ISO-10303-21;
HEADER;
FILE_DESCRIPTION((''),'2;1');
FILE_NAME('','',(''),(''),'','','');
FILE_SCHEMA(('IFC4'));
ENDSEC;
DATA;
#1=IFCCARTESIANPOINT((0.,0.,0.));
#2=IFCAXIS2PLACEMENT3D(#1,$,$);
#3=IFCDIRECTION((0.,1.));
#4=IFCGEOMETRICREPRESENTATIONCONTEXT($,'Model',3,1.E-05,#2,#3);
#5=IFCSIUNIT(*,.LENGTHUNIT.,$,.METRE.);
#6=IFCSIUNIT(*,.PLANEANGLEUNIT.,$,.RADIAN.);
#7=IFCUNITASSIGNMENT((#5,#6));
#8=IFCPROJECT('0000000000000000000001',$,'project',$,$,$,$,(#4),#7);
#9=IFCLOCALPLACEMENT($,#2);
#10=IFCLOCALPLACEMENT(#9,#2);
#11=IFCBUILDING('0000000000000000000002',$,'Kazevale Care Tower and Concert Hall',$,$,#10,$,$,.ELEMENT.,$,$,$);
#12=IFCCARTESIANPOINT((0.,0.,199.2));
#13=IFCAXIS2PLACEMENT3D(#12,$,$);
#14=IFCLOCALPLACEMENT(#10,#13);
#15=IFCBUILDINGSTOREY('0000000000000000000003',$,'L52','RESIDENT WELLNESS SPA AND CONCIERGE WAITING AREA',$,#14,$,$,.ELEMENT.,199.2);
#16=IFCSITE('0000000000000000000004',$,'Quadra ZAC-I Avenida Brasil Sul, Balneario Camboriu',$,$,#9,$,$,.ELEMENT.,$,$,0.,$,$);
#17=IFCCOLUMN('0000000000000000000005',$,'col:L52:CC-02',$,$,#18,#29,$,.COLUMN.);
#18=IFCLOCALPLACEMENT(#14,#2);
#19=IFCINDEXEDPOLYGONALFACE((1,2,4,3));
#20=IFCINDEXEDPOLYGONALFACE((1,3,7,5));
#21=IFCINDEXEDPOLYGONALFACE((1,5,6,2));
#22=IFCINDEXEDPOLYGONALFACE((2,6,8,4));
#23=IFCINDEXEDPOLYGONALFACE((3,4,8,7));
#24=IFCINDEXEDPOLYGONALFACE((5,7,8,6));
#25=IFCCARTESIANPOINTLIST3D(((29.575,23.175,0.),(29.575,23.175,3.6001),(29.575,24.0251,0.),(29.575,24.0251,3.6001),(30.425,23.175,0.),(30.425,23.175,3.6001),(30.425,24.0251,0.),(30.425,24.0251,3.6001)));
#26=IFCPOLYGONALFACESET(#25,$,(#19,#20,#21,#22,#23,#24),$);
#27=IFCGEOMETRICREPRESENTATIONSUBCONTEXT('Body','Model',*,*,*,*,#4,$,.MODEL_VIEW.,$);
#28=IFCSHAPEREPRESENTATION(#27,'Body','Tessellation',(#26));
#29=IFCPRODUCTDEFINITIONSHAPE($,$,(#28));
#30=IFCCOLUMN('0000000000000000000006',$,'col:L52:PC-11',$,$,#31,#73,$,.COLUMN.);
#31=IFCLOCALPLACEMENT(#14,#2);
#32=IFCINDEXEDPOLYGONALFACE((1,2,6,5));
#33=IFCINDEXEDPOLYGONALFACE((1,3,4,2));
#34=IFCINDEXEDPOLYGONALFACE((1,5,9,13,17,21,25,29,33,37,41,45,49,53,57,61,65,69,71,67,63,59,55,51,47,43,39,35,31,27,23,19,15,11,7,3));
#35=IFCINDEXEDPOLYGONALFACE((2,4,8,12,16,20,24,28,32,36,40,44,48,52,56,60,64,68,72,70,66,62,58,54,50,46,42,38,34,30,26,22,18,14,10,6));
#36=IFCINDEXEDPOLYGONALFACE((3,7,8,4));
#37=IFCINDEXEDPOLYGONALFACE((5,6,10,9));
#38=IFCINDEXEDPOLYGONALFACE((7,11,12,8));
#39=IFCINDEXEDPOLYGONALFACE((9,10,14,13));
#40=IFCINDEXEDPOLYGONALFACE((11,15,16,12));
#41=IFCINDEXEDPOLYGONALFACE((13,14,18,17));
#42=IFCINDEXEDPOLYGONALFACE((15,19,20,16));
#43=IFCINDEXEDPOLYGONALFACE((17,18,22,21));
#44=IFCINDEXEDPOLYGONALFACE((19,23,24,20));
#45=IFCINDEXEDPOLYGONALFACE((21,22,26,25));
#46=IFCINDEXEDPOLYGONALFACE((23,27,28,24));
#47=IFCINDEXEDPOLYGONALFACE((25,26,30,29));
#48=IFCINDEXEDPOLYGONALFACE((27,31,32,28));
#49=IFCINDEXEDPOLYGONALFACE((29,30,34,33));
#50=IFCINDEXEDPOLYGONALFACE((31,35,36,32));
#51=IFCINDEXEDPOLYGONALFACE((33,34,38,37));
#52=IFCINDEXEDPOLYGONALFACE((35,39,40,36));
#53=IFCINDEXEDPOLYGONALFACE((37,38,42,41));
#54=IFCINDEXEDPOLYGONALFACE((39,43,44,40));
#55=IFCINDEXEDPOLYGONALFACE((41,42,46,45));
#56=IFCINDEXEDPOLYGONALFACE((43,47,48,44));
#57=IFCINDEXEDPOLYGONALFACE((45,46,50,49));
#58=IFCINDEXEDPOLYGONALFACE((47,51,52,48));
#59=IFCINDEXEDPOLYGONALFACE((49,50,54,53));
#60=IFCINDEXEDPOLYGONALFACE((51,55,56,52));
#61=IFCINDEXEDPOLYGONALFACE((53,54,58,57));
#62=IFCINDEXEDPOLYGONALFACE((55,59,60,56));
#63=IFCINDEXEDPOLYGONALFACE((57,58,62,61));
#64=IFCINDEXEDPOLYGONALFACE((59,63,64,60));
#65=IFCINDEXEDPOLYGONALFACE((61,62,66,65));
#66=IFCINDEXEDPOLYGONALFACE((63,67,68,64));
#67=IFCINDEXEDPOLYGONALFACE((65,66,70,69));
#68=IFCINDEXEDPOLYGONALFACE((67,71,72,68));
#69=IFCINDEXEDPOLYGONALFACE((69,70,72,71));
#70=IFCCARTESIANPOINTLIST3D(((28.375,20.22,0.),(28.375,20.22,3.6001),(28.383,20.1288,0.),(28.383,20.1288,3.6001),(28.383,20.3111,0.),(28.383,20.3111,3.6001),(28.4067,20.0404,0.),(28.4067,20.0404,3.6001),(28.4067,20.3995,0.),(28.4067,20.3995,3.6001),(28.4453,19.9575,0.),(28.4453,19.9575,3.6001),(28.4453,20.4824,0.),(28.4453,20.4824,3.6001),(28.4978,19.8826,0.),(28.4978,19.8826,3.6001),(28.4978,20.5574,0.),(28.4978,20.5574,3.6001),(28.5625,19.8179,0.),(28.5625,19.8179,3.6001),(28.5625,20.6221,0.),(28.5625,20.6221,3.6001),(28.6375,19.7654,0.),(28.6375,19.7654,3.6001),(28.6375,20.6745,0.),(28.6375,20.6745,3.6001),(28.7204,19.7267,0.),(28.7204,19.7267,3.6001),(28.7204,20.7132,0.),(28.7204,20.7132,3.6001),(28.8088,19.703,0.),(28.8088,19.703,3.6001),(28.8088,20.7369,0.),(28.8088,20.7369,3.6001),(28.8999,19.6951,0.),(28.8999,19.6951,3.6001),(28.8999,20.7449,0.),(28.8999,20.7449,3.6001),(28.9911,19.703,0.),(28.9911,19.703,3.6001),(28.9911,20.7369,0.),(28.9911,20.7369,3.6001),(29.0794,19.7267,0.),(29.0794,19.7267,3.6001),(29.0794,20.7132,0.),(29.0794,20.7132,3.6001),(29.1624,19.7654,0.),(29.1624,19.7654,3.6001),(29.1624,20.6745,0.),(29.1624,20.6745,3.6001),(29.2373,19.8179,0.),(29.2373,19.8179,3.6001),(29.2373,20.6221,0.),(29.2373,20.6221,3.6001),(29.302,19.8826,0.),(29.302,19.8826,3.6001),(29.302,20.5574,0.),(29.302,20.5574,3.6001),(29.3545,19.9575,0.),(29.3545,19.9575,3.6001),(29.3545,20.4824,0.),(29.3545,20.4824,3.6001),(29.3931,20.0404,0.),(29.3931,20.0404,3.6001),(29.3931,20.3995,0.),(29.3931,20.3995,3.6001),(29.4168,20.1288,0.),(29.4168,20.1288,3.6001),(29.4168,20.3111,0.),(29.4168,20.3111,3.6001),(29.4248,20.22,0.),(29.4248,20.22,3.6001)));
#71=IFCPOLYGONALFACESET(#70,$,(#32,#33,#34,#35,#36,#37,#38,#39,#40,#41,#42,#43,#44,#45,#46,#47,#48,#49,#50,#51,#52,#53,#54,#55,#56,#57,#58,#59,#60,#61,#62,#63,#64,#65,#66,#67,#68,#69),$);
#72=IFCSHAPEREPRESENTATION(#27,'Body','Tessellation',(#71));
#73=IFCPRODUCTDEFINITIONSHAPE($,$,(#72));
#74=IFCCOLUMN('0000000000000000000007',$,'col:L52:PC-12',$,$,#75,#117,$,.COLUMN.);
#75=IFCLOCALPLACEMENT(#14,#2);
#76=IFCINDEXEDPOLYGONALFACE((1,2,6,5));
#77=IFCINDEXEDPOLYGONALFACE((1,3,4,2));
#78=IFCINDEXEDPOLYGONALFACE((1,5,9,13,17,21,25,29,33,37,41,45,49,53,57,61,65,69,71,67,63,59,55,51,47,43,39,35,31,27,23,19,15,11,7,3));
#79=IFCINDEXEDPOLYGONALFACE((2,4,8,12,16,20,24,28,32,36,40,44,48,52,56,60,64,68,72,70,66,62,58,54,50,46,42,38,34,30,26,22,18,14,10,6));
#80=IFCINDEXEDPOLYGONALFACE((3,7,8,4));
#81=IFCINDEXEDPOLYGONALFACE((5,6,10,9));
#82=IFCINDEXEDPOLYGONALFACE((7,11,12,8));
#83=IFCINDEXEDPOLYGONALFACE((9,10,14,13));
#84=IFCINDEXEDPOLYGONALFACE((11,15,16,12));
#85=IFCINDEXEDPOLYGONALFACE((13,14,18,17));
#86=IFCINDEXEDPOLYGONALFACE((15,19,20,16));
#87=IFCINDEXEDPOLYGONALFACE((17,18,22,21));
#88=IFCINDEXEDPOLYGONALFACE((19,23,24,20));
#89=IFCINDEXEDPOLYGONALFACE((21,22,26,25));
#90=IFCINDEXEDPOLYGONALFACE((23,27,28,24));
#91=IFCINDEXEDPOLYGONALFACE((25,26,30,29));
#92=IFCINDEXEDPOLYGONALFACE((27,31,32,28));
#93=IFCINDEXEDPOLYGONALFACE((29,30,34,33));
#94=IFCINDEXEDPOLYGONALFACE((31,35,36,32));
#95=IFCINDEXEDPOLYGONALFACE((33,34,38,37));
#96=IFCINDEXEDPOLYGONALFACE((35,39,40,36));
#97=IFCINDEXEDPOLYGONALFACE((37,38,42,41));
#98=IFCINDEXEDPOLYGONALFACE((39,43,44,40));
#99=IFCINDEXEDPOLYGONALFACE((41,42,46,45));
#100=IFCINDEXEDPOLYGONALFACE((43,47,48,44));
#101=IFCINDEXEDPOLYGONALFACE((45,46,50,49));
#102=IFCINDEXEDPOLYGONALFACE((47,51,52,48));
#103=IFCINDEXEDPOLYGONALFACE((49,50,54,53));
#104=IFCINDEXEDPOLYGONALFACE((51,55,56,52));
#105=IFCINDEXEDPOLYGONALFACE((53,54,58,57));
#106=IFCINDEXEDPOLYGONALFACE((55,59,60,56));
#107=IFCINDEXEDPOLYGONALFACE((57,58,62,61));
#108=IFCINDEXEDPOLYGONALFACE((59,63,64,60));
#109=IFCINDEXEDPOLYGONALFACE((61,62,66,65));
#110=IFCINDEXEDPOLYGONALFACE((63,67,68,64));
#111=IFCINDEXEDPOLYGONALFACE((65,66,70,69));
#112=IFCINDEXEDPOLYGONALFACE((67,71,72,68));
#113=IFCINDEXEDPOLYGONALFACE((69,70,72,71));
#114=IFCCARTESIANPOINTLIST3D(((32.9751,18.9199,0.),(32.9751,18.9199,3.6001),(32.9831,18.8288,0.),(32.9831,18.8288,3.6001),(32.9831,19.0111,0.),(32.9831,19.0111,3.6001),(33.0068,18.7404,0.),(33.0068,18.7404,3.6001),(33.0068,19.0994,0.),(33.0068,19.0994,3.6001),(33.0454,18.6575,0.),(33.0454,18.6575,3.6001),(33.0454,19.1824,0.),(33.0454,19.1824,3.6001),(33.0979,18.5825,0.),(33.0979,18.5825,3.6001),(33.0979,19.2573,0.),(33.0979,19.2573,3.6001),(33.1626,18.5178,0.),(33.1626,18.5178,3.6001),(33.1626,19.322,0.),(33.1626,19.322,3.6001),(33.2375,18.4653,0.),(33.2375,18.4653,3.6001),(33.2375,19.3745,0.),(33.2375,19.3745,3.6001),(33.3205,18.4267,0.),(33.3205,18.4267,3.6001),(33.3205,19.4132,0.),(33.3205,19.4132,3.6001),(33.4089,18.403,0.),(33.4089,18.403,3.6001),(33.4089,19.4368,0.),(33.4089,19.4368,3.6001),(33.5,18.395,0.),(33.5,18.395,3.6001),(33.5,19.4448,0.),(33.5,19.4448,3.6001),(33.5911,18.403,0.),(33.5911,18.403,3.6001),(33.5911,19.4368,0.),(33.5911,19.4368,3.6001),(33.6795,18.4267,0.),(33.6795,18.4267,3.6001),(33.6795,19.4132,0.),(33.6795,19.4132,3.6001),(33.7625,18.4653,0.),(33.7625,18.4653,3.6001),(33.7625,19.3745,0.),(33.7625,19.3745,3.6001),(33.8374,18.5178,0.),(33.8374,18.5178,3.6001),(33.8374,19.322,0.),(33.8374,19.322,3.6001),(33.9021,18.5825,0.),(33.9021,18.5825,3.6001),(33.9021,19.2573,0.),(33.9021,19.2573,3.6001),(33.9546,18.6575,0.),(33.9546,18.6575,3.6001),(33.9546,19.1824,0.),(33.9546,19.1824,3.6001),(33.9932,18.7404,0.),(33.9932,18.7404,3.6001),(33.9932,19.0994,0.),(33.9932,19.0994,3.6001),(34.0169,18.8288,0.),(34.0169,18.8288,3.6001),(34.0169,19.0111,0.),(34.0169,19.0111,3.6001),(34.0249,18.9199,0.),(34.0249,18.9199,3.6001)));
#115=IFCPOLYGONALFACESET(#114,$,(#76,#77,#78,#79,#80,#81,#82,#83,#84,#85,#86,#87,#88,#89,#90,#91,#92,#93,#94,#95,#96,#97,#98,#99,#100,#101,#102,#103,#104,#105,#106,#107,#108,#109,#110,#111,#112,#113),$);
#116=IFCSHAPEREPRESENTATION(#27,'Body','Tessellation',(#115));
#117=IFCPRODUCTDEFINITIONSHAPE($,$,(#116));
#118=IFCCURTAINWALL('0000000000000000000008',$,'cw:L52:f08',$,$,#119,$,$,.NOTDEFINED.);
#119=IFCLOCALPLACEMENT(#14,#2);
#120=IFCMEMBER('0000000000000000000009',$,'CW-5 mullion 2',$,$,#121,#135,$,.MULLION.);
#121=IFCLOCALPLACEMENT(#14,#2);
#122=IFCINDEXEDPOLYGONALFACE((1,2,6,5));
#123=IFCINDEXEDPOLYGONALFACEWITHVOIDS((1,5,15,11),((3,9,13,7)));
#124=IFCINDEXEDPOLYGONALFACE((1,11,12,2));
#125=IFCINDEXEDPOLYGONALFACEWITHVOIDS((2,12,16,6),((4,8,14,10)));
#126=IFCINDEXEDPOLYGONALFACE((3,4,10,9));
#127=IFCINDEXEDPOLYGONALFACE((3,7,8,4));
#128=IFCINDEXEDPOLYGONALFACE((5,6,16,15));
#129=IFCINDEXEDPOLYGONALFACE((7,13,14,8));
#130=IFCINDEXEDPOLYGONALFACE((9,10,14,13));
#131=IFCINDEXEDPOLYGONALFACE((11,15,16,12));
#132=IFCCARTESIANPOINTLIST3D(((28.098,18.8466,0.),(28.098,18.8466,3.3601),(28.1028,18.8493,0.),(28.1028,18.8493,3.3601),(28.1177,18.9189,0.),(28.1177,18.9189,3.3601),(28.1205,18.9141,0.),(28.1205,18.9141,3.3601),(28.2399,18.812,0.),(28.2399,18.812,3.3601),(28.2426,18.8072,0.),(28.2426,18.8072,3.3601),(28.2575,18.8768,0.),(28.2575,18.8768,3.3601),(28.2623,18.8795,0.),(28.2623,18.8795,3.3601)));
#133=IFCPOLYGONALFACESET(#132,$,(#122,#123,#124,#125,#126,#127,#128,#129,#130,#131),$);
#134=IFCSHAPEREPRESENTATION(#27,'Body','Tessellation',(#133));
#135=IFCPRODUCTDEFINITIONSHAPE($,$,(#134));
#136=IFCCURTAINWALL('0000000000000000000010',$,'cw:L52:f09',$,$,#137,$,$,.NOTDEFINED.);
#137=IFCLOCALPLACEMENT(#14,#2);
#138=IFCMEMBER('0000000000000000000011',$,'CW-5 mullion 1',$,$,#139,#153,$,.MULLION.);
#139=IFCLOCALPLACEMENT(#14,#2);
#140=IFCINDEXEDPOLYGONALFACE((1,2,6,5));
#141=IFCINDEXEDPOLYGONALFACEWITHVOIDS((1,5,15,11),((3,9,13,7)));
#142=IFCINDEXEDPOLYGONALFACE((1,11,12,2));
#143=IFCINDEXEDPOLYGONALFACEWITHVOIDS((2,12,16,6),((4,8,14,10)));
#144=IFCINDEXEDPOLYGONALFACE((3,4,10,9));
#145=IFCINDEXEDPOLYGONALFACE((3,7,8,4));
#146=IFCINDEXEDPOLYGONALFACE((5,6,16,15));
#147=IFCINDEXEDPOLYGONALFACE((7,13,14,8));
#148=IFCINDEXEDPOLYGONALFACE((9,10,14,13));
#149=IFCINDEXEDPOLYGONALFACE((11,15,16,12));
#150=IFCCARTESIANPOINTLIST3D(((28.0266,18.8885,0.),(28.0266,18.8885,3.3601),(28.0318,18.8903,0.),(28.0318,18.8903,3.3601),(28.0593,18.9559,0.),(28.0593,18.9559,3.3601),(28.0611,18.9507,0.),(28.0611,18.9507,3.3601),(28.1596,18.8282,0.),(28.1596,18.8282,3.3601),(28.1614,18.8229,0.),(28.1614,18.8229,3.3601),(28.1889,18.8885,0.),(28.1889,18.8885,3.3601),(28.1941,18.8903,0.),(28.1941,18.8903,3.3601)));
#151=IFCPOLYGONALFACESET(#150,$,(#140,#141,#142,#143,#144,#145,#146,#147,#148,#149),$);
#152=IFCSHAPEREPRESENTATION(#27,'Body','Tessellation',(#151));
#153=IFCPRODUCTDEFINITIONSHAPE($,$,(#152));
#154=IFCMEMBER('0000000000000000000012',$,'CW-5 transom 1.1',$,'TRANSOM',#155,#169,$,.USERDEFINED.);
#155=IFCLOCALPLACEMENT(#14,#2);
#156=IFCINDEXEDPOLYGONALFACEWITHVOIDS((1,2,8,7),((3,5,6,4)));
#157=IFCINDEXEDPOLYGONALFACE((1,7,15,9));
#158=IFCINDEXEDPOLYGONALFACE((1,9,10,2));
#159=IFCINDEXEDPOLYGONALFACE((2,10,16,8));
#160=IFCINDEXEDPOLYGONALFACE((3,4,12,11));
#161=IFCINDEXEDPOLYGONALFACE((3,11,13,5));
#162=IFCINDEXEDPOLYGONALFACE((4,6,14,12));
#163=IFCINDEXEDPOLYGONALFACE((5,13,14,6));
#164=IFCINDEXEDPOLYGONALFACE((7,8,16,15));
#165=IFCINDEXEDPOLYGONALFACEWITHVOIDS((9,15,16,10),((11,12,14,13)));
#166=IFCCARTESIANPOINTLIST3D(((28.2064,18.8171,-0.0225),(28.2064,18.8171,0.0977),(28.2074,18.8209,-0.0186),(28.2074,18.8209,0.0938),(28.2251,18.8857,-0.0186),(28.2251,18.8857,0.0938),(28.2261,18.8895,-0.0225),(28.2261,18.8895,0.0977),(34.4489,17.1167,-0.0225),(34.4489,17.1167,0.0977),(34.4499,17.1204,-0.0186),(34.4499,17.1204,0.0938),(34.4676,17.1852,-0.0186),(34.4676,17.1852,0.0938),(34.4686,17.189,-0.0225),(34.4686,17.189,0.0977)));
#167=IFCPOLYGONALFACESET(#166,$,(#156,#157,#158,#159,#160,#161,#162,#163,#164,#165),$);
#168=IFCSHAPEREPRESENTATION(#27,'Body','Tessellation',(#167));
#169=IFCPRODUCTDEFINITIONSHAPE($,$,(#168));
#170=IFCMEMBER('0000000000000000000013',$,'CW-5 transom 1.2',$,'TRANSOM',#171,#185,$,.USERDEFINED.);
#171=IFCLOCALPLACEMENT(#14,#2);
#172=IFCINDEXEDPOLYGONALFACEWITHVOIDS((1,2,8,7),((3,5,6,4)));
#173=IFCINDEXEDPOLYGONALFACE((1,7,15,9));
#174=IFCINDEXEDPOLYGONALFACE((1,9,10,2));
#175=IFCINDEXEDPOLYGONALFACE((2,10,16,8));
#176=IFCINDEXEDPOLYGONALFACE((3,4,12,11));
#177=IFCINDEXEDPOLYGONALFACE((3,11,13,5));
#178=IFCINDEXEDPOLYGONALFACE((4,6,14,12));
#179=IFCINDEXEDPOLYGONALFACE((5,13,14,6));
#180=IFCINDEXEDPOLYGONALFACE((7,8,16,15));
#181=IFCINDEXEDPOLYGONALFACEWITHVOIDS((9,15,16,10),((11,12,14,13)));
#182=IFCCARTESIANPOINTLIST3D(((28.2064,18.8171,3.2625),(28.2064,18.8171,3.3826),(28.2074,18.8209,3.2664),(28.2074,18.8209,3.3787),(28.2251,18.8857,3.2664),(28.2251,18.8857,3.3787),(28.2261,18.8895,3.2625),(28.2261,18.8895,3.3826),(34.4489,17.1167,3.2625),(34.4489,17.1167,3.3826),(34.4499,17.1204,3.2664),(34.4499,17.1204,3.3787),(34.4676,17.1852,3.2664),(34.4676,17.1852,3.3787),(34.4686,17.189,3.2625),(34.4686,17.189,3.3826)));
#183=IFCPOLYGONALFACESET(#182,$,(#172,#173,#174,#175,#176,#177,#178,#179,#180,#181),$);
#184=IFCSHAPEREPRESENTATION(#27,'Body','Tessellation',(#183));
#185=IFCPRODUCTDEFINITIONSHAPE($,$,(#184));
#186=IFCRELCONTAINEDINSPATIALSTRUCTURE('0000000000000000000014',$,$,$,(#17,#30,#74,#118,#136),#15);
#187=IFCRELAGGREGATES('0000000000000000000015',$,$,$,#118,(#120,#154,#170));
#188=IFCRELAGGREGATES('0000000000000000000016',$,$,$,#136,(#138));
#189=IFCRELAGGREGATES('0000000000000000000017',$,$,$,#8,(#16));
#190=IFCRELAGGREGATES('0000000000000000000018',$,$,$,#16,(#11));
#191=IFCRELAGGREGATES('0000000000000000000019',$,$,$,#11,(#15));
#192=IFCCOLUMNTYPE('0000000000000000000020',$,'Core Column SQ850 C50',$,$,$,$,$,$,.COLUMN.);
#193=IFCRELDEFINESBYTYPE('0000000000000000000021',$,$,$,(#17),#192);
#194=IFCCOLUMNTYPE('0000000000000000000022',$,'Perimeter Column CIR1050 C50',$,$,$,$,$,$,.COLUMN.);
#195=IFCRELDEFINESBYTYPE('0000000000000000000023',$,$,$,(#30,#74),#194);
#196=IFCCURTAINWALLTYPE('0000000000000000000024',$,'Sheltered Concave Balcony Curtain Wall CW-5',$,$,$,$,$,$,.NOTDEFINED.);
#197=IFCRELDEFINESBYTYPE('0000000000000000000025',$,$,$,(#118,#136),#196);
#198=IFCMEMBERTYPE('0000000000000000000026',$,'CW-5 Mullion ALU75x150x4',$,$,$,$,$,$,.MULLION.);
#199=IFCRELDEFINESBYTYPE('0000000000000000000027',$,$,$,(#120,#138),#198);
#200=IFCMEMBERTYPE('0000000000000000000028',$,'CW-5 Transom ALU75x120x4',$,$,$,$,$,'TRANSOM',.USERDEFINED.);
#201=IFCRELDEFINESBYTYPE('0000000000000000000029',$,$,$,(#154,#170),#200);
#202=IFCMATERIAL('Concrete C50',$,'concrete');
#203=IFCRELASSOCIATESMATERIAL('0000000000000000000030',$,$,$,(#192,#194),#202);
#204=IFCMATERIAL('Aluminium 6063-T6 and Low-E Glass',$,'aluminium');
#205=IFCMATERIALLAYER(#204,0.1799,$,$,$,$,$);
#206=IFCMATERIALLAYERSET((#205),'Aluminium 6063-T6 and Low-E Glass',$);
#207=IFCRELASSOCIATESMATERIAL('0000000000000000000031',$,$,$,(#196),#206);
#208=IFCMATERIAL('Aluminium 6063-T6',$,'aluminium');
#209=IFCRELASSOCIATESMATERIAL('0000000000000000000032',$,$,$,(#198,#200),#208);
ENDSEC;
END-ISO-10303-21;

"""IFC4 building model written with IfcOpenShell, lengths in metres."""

from ifc_helpers import new_model, si_unit, direction, frame, origin, origin_2d, place, context, subcontext, project, spatial, rectangle, hollow_rectangle, circle, extrude, material, layer, layer_set, material_profile, profile_set, type_object, element, aggregate, save


model = new_model("IFC4")

# Units and contexts
model_context = context("Model", 3, precision=1e-05, world=origin(), true_north=direction((0.0, 1.0)))
body_context = subcontext(model_context, "Body", "Model", "MODEL_VIEW")
ifc_project = project(units=[si_unit("LENGTHUNIT", "METRE"), si_unit("PLANEANGLEUNIT", "RADIAN")], contexts=[model_context])

# Site, building, storey
site_placement = place(None, origin())
site = spatial("IfcSite", under=ifc_project, at=site_placement, Name="Quadra ZAC-I Avenida Brasil Sul, Balneario Camboriu", CompositionType="ELEMENT", RefElevation=0.0)
building_placement = place(site_placement, origin())
building = spatial("IfcBuilding", under=site, at=building_placement, Name="Kazevale Care Tower and Concert Hall", CompositionType="ELEMENT")
storey_placement = place(building_placement, frame((0.0, 0.0, 199.2)))
storey = spatial("IfcBuildingStorey", under=building, at=storey_placement, Name="L52", Description="RESIDENT WELLNESS SPA AND CONCIERGE WAITING AREA", CompositionType="ELEMENT", Elevation=199.2)

# Columns
ifc_material_1 = material(Name="Concrete C50", Category="concrete")
ifc_material_profile_1 = material_profile(ifc_material_1, rectangle(XDim=0.8501, YDim=0.8501, at=origin_2d()), Name="RC-SQ850")
ifc_profile_set_1 = profile_set([ifc_material_profile_1], Name="Concrete C50")
column_type_1 = type_object("IfcColumnType", Name="Core Column SQ850 C50", PredefinedType="COLUMN", material=ifc_profile_set_1)
column_placement = place(storey_placement, frame((30.0, 23.6001, 0.0), z_axis=(0.0, 0.0, 1.0), x_axis=(1.0, 0.0, 0.0)))
element("IfcColumn", 1, at=column_placement, inside=storey, type_object=column_type_1, Name="col:L52:CC-02", PredefinedType="COLUMN", context=body_context, shape_type="SweptSolid", body=[
    extrude(rectangle(XDim=0.8501, YDim=0.8501, at=origin_2d()), origin(), (0.0, 0.0, 1.0), 3.6001),
])
ifc_material_profile_2 = material_profile(ifc_material_1, circle(Radius=0.5249, at=origin_2d()), Name="RC-CIR1050")
ifc_profile_set_2 = profile_set([ifc_material_profile_2], Name="Concrete C50")
column_type_2 = type_object("IfcColumnType", Name="Perimeter Column CIR1050 C50", PredefinedType="COLUMN", material=ifc_profile_set_2)
for number, where, z_axis, x_axis, name in (
    (2, (28.8999, 20.22, 0.0), (0.0, 0.0, 1.0), (1.0, 0.0, 0.0), "col:L52:PC-11"),
    (3, (33.5, 18.9199, 0.0), (0.0, 0.0, 1.0), (1.0, 0.0, 0.0), "col:L52:PC-12"),
):
    element("IfcColumn", number, at=place(storey_placement, frame(where, z_axis=z_axis, x_axis=x_axis)), inside=storey, type_object=column_type_2, Name=name, PredefinedType="COLUMN", context=body_context, shape_type="SweptSolid", body=[
        extrude(circle(Radius=0.5249, at=origin_2d()), origin(), (0.0, 0.0, 1.0), 3.6001),
    ])

# Curtain walls, members
ifc_material_2 = material(Name="Aluminium 6063-T6 and Low-E Glass", Category="aluminium")
ifc_layer_1 = layer(ifc_material_2, 0.1799)
ifc_layer_set_1 = layer_set([ifc_layer_1], Name="Aluminium 6063-T6 and Low-E Glass")
curtain_wall_type = type_object("IfcCurtainWallType", Name="Sheltered Concave Balcony Curtain Wall CW-5", PredefinedType="NOTDEFINED", material=ifc_layer_set_1)
curtain_wall_1_placement = place(storey_placement, origin())
curtain_wall_1 = element("IfcCurtainWall", 4, at=curtain_wall_1_placement, inside=storey, type_object=curtain_wall_type, Name="cw:L52:f08", PredefinedType="NOTDEFINED")
ifc_material_3 = material(Name="Aluminium 6063-T6", Category="aluminium")
ifc_material_profile_3 = material_profile(ifc_material_3, hollow_rectangle(XDim=0.075, YDim=0.1499, WallThickness=0.0039, at=origin_2d()), Name="ALU75x150x4")
ifc_profile_set_3 = profile_set([ifc_material_profile_3], Name="Aluminium 6063-T6")
member_type_1 = type_object("IfcMemberType", Name="CW-5 Mullion ALU75x150x4", PredefinedType="MULLION", material=ifc_profile_set_3)
member_1_placement = place(storey_placement, frame((28.1802, 18.863, 0.0), z_axis=(0.0, 0.0, 1.0), x_axis=(-0.262849, -0.964837, 0.0)))
member_1 = element("IfcMember", 5, at=member_1_placement, type_object=member_type_1, Name="CW-5 mullion 2", PredefinedType="MULLION", context=body_context, shape_type="SweptSolid", body=[
    extrude(hollow_rectangle(XDim=0.075, YDim=0.1499, WallThickness=0.0039, at=origin_2d()), origin(), (0.0, 0.0, 1.0), 3.3601),
])
curtain_wall_2_placement = place(storey_placement, origin())
curtain_wall_2 = element("IfcCurtainWall", 6, at=curtain_wall_2_placement, inside=storey, type_object=curtain_wall_type, Name="cw:L52:f09", PredefinedType="NOTDEFINED")
member_2_placement = place(storey_placement, frame((28.1104, 18.8894, 0.0), z_axis=(0.0, 0.0, 1.0), x_axis=(-0.437238, -0.899346, 0.0)))
member_2 = element("IfcMember", 7, at=member_2_placement, type_object=member_type_1, Name="CW-5 mullion 1", PredefinedType="MULLION", context=body_context, shape_type="SweptSolid", body=[
    extrude(hollow_rectangle(XDim=0.075, YDim=0.1499, WallThickness=0.0039, at=origin_2d()), origin(), (0.0, 0.0, 1.0), 3.3601),
])

# Members
ifc_material_profile_4 = material_profile(ifc_material_3, hollow_rectangle(XDim=0.075, YDim=0.1201, WallThickness=0.0039, at=origin_2d()), Name="ALU75x120x4")
ifc_profile_set_4 = profile_set([ifc_material_profile_4], Name="Aluminium 6063-T6")
member_type_2 = type_object("IfcMemberType", Name="CW-5 Transom ALU75x120x4", ElementType="TRANSOM", PredefinedType="USERDEFINED", material=ifc_profile_set_4)
member_3_placement = place(storey_placement, frame((34.4587, 17.1528, 0.0376), z_axis=(-0.964844, 0.262824, 0.0), x_axis=(-0.262824, -0.964844, 0.0)))
member_3 = element("IfcMember", 8, at=member_3_placement, type_object=member_type_2, Name="CW-5 transom 1.1", ObjectType="TRANSOM", PredefinedType="USERDEFINED", context=body_context, shape_type="SweptSolid", body=[
    extrude(hollow_rectangle(XDim=0.075, YDim=0.1201, WallThickness=0.0039, at=origin_2d()), origin(), (0.0, 0.0, 1.0), 6.47),
])
member_4_placement = place(storey_placement, frame((34.4587, 17.1528, 3.3225), z_axis=(-0.964844, 0.262824, 0.0), x_axis=(-0.262824, -0.964844, 0.0)))
member_4 = element("IfcMember", 9, at=member_4_placement, type_object=member_type_2, Name="CW-5 transom 1.2", ObjectType="TRANSOM", PredefinedType="USERDEFINED", context=body_context, shape_type="SweptSolid", body=[
    extrude(hollow_rectangle(XDim=0.075, YDim=0.1201, WallThickness=0.0039, at=origin_2d()), origin(), (0.0, 0.0, 1.0), 6.47),
])

aggregate(curtain_wall_1, [member_1, member_3, member_4])
aggregate(curtain_wall_2, [member_2])

save(model, "model.ifc")
